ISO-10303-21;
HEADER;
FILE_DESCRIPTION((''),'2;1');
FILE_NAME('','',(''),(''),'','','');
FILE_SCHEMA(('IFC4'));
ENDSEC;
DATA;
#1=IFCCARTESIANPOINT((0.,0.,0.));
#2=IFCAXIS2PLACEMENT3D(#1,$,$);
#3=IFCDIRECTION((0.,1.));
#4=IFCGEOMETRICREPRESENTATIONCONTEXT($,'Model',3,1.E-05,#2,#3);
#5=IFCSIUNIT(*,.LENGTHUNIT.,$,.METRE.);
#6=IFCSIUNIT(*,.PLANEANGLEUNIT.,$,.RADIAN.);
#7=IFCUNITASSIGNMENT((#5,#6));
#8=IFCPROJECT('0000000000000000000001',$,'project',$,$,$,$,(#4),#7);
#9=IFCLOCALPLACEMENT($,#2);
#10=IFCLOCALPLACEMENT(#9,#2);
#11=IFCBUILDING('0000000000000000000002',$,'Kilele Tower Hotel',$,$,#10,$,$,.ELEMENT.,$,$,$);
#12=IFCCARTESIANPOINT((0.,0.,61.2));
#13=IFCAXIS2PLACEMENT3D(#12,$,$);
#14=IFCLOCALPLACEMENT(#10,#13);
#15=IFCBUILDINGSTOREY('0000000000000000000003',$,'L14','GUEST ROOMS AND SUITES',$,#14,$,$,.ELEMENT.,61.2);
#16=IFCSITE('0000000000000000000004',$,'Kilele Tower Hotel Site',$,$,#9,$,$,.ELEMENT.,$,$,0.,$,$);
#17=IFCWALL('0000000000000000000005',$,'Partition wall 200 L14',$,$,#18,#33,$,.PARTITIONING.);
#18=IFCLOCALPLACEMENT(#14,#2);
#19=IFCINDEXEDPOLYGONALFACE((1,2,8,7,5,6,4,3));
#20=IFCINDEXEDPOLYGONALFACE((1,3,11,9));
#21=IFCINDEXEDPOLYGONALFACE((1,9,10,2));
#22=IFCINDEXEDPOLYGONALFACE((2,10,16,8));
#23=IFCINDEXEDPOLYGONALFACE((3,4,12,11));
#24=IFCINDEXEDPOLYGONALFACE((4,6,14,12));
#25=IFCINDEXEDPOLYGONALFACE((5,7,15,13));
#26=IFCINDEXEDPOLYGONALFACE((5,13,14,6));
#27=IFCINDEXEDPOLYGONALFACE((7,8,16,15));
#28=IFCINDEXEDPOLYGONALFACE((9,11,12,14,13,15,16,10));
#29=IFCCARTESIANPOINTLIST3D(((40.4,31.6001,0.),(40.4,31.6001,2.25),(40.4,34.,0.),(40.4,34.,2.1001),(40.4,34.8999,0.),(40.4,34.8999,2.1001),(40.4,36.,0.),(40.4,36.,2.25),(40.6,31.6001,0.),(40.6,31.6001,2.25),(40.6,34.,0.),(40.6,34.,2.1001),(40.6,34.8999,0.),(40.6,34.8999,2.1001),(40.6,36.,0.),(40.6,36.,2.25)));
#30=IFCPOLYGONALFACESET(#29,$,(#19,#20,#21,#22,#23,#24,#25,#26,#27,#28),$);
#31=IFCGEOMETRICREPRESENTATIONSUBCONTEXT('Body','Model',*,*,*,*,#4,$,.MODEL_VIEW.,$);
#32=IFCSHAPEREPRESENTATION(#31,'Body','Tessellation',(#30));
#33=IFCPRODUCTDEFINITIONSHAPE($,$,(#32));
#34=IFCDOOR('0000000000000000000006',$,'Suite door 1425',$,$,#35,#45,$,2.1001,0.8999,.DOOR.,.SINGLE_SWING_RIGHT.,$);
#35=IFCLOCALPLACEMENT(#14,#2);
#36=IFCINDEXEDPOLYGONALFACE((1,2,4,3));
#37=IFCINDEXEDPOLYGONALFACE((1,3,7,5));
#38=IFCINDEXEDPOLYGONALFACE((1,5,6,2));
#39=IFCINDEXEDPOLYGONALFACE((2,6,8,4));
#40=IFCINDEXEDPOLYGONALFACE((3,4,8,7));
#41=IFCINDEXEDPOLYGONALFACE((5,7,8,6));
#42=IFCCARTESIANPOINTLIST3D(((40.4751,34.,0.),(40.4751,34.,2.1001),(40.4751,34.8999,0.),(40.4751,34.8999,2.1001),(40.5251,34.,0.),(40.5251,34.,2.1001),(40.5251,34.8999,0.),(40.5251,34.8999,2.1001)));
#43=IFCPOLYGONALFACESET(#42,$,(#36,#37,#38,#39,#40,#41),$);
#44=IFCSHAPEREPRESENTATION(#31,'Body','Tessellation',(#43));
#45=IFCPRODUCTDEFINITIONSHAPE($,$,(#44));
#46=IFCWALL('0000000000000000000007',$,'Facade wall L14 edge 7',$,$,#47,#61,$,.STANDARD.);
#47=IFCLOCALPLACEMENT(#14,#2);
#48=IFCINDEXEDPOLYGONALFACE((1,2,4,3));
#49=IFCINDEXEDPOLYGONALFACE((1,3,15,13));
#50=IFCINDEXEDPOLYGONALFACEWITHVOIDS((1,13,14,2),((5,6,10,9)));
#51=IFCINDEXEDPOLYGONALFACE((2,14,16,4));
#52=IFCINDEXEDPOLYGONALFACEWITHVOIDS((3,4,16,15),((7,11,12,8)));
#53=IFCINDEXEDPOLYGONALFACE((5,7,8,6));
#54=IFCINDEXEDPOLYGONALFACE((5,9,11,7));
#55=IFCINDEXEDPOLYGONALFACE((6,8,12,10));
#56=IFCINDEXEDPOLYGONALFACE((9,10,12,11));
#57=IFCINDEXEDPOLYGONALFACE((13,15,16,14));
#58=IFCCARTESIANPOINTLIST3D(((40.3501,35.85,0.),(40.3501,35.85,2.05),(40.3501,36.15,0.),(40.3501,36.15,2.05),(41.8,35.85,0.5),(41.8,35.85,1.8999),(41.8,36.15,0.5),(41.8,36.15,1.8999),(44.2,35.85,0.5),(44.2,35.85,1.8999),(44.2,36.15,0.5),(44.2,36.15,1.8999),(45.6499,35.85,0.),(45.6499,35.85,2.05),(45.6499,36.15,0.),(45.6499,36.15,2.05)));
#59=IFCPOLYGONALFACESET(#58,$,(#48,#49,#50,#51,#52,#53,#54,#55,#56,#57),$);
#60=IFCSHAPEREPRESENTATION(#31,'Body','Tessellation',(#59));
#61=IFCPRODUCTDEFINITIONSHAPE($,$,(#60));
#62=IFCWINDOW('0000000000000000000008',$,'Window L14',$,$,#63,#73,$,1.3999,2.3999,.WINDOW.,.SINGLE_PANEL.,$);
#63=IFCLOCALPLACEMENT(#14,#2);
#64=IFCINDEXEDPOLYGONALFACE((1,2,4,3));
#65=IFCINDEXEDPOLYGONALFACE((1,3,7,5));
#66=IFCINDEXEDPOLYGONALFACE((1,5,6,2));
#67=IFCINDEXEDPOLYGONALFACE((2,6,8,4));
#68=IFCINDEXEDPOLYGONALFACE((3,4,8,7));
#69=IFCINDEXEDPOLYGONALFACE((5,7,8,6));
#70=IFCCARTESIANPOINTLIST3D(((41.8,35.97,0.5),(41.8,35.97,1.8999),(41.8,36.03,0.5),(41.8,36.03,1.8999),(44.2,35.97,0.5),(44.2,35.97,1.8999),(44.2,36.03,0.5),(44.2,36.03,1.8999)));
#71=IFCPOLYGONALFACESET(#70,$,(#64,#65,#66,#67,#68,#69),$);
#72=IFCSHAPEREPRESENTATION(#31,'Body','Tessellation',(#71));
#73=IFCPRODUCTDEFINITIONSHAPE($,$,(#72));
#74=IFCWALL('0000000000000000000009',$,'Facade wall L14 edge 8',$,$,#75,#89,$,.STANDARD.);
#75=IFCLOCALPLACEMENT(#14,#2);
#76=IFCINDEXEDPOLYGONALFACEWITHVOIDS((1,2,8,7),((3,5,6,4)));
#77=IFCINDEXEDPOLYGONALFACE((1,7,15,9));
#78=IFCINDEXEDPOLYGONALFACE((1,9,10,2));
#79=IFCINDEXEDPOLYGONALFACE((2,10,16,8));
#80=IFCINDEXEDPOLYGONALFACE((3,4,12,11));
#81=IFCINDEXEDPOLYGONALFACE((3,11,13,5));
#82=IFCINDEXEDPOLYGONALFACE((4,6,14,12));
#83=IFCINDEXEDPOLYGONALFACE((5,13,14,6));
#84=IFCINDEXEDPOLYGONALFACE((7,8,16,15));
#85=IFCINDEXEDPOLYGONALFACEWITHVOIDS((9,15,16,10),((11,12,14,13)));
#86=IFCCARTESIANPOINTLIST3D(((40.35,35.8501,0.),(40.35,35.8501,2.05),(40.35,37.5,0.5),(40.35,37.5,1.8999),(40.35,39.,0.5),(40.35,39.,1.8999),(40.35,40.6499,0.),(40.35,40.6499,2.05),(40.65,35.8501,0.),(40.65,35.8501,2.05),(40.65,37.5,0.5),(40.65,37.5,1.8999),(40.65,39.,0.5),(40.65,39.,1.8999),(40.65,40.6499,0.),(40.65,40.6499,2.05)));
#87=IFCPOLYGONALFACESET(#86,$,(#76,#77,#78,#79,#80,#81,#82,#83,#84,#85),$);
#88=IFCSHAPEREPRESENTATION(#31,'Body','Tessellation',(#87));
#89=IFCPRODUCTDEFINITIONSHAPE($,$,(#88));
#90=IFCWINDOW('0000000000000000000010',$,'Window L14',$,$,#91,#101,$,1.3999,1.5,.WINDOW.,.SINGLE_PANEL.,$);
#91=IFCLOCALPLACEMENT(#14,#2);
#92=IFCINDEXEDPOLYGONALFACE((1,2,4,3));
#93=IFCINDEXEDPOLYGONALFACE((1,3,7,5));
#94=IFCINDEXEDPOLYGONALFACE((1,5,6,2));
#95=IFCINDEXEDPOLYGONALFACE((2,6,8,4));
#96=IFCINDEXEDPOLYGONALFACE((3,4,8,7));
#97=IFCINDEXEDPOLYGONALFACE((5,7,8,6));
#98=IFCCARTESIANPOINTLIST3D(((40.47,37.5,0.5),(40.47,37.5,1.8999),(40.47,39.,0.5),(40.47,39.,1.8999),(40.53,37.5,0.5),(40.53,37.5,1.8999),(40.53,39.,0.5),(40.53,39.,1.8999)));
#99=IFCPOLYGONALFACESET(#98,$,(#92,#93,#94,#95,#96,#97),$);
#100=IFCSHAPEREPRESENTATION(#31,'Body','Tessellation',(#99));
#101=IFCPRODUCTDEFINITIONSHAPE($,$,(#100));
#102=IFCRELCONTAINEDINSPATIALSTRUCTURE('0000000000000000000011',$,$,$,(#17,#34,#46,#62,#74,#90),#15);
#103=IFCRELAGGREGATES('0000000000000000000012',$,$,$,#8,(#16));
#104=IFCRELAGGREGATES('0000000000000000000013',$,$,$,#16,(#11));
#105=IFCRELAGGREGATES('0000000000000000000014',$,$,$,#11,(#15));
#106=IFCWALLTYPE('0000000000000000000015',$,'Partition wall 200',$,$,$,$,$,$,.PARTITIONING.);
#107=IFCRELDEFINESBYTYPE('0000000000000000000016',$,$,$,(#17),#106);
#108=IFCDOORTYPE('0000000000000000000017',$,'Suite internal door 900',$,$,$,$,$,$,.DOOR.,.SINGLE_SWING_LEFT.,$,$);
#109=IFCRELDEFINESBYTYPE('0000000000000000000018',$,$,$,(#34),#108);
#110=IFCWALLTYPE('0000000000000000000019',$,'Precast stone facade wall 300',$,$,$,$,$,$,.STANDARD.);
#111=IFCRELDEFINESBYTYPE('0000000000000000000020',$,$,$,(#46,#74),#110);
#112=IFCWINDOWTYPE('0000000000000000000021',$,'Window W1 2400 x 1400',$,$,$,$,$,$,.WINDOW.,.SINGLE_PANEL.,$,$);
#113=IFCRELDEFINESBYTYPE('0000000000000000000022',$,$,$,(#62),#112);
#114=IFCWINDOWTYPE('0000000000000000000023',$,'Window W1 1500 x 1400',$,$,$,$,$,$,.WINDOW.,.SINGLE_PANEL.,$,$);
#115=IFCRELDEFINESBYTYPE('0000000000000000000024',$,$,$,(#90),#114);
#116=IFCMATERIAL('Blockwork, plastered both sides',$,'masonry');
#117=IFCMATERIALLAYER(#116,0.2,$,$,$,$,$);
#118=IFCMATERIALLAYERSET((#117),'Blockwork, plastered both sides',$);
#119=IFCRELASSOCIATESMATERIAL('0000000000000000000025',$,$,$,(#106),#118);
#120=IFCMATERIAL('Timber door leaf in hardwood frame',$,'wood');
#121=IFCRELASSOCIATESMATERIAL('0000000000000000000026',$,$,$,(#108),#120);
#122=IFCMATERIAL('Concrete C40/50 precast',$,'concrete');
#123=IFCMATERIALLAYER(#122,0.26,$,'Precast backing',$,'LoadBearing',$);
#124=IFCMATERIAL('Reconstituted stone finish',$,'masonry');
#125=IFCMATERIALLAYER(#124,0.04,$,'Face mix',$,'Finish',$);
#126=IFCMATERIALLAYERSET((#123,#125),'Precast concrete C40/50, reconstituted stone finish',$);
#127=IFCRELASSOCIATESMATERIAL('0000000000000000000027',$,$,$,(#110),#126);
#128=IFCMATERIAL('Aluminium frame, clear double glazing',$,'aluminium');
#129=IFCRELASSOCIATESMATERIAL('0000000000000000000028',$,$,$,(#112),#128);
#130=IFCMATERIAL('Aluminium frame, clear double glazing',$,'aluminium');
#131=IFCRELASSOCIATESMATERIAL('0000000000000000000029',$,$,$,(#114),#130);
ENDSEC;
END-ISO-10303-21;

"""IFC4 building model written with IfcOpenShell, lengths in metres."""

from ifc_helpers import new_model, si_unit, direction, frame, frame_2d, origin, place, context, subcontext, project, spatial, rectangle, extrude, material, layer, layer_set, type_object, element, fill, save


model = new_model("IFC4")

# Units and contexts
model_context = context("Model", 3, precision=1e-05, world=origin(), true_north=direction((0.0, 1.0)))
body_context = subcontext(model_context, "Body", "Model", "MODEL_VIEW")
ifc_project = project(units=[si_unit("LENGTHUNIT", "METRE"), si_unit("PLANEANGLEUNIT", "RADIAN")], contexts=[model_context])

# Site, building, storey
site_placement = place(None, origin())
site = spatial("IfcSite", under=ifc_project, at=site_placement, Name="Kilele Tower Hotel Site", CompositionType="ELEMENT", RefElevation=0.0)
building_placement = place(site_placement, origin())
building = spatial("IfcBuilding", under=site, at=building_placement, Name="Kilele Tower Hotel", CompositionType="ELEMENT")
storey_placement = place(building_placement, frame((0.0, 0.0, 61.2)))
storey = spatial("IfcBuildingStorey", under=building, at=storey_placement, Name="L14", Description="GUEST ROOMS AND SUITES", CompositionType="ELEMENT", Elevation=61.2)

# Wall, opening, door
ifc_material_1 = material(Name="Blockwork, plastered both sides", Category="masonry")
ifc_layer_1 = layer(ifc_material_1, 0.2)
ifc_layer_set_1 = layer_set([ifc_layer_1], Name="Blockwork, plastered both sides")
wall_type_1 = type_object("IfcWallType", Name="Partition wall 200", PredefinedType="PARTITIONING", material=ifc_layer_set_1)
wall_1_placement = place(storey_placement, frame((40.5, 31.6001, 0.0), z_axis=(0.0, 0.0, 1.0), x_axis=(0.0, 1.0, 0.0)))
wall_1 = element("IfcWall", 1, at=wall_1_placement, inside=storey, type_object=wall_type_1, Name="Partition wall 200 L14", PredefinedType="PARTITIONING", context=body_context, shape_type="SweptSolid", body=[
    extrude(rectangle(XDim=4.3999, YDim=0.2, at=frame_2d((2.2, 0.0))), origin(), (0.0, 0.0, 1.0), 2.25),
])
opening_1_placement = place(wall_1_placement, frame((2.3999, 0.0, 0.0)))
opening_1 = element("IfcOpeningElement", 2, at=opening_1_placement, cuts=wall_1, PredefinedType="OPENING", context=body_context, shape_type="SweptSolid", body=[
    extrude(rectangle(XDim=0.8999, YDim=2.1001, at=frame_2d((0.45, 1.05))), frame((0.0, 0.1099, 0.0), z_axis=(0.0, -1.0, 0.0), x_axis=(1.0, 0.0, 0.0)), (0.0, 0.0, 1.0), 0.22),
])
ifc_material_2 = material(Name="Timber door leaf in hardwood frame", Category="wood")
door_type_1 = type_object("IfcDoorType", Name="Suite internal door 900", OperationType="SINGLE_SWING_LEFT", PredefinedType="DOOR", material=ifc_material_2)
door_1_placement = place(opening_1_placement, origin())
door_1 = element("IfcDoor", 3, at=door_1_placement, inside=storey, type_object=door_type_1, Name="Suite door 1425", OperationType="SINGLE_SWING_RIGHT", OverallHeight=2.1001, OverallWidth=0.8999, PredefinedType="DOOR", context=body_context, shape_type="SweptSolid", body=[
    extrude(rectangle(XDim=0.8999, YDim=2.1001, at=frame_2d((0.45, 1.05))), frame((0.0, 0.0249, 0.0), z_axis=(0.0, -1.0, 0.0), x_axis=(1.0, 0.0, 0.0)), (0.0, 0.0, 1.0), 0.05),
])
fill(opening_1, door_1)

# Walls, openings, windows
ifc_material_3 = material(Name="Concrete C40/50 precast", Category="concrete")
ifc_layer_2 = layer(ifc_material_3, 0.26, Name="Precast backing", Category="LoadBearing")
ifc_material_4 = material(Name="Reconstituted stone finish", Category="masonry")
ifc_layer_3 = layer(ifc_material_4, 0.04, Name="Face mix", Category="Finish")
ifc_layer_set_2 = layer_set([ifc_layer_2, ifc_layer_3], Name="Precast concrete C40/50, reconstituted stone finish")
wall_type_2 = type_object("IfcWallType", Name="Precast stone facade wall 300", PredefinedType="STANDARD", material=ifc_layer_set_2)
wall_2_placement = place(storey_placement, frame((45.6499, 36.0, 0.0), z_axis=(0.0, 0.0, 1.0), x_axis=(-1.0, 0.0, 0.0)))
wall_2 = element("IfcWall", 4, at=wall_2_placement, inside=storey, type_object=wall_type_2, Name="Facade wall L14 edge 7", PredefinedType="STANDARD", context=body_context, shape_type="SweptSolid", body=[
    extrude(rectangle(XDim=5.2998, YDim=0.3, at=frame_2d((2.6499, 0.0))), origin(), (0.0, 0.0, 1.0), 2.05),
])
opening_2_placement = place(wall_2_placement, frame((1.45, 0.0, 0.5)))
opening_2 = element("IfcOpeningElement", 5, at=opening_2_placement, cuts=wall_2, PredefinedType="OPENING", context=body_context, shape_type="SweptSolid", body=[
    extrude(rectangle(XDim=2.3999, YDim=1.3999, at=frame_2d((1.2, 0.7))), frame((0.0, 0.1599, 0.0), z_axis=(0.0, -1.0, 0.0), x_axis=(1.0, 0.0, 0.0)), (0.0, 0.0, 1.0), 0.3201),
])
ifc_material_5 = material(Name="Aluminium frame, clear double glazing", Category="aluminium")
window_type_1 = type_object("IfcWindowType", Name="Window W1 2400 x 1400", PartitioningType="SINGLE_PANEL", PredefinedType="WINDOW", material=ifc_material_5)
window_1_placement = place(opening_2_placement, origin())
window_1 = element("IfcWindow", 6, at=window_1_placement, inside=storey, type_object=window_type_1, Name="Window L14", OverallHeight=1.3999, OverallWidth=2.3999, PartitioningType="SINGLE_PANEL", PredefinedType="WINDOW", context=body_context, shape_type="SweptSolid", body=[
    extrude(rectangle(XDim=2.3999, YDim=1.3999, at=frame_2d((1.2, 0.7))), frame((0.0, 0.03, 0.0), z_axis=(0.0, -1.0, 0.0), x_axis=(1.0, 0.0, 0.0)), (0.0, 0.0, 1.0), 0.0601),
])
fill(opening_2, window_1)
wall_3_placement = place(storey_placement, frame((40.5, 35.8501, 0.0), z_axis=(0.0, 0.0, 1.0), x_axis=(0.0, 1.0, 0.0)))
wall_3 = element("IfcWall", 7, at=wall_3_placement, inside=storey, type_object=wall_type_2, Name="Facade wall L14 edge 8", PredefinedType="STANDARD", context=body_context, shape_type="SweptSolid", body=[
    extrude(rectangle(XDim=4.7998, YDim=0.3, at=frame_2d((2.3999, 0.0))), origin(), (0.0, 0.0, 1.0), 2.05),
])
opening_3_placement = place(wall_3_placement, frame((1.6499, 0.0, 0.5)))
opening_3 = element("IfcOpeningElement", 8, at=opening_3_placement, cuts=wall_3, PredefinedType="OPENING", context=body_context, shape_type="SweptSolid", body=[
    extrude(rectangle(XDim=1.5, YDim=1.3999, at=frame_2d((0.75, 0.7))), frame((0.0, 0.1599, 0.0), z_axis=(0.0, -1.0, 0.0), x_axis=(1.0, 0.0, 0.0)), (0.0, 0.0, 1.0), 0.3201),
])
ifc_material_6 = material(Name="Aluminium frame, clear double glazing", Category="aluminium")
window_type_2 = type_object("IfcWindowType", Name="Window W1 1500 x 1400", PartitioningType="SINGLE_PANEL", PredefinedType="WINDOW", material=ifc_material_6)
window_2_placement = place(opening_3_placement, origin())
window_2 = element("IfcWindow", 9, at=window_2_placement, inside=storey, type_object=window_type_2, Name="Window L14", OverallHeight=1.3999, OverallWidth=1.5, PartitioningType="SINGLE_PANEL", PredefinedType="WINDOW", context=body_context, shape_type="SweptSolid", body=[
    extrude(rectangle(XDim=1.5, YDim=1.3999, at=frame_2d((0.75, 0.7))), frame((0.0, 0.03, 0.0), z_axis=(0.0, -1.0, 0.0), x_axis=(1.0, 0.0, 0.0)), (0.0, 0.0, 1.0), 0.0601),
])
fill(opening_3, window_2)

save(model, "model.ifc")
